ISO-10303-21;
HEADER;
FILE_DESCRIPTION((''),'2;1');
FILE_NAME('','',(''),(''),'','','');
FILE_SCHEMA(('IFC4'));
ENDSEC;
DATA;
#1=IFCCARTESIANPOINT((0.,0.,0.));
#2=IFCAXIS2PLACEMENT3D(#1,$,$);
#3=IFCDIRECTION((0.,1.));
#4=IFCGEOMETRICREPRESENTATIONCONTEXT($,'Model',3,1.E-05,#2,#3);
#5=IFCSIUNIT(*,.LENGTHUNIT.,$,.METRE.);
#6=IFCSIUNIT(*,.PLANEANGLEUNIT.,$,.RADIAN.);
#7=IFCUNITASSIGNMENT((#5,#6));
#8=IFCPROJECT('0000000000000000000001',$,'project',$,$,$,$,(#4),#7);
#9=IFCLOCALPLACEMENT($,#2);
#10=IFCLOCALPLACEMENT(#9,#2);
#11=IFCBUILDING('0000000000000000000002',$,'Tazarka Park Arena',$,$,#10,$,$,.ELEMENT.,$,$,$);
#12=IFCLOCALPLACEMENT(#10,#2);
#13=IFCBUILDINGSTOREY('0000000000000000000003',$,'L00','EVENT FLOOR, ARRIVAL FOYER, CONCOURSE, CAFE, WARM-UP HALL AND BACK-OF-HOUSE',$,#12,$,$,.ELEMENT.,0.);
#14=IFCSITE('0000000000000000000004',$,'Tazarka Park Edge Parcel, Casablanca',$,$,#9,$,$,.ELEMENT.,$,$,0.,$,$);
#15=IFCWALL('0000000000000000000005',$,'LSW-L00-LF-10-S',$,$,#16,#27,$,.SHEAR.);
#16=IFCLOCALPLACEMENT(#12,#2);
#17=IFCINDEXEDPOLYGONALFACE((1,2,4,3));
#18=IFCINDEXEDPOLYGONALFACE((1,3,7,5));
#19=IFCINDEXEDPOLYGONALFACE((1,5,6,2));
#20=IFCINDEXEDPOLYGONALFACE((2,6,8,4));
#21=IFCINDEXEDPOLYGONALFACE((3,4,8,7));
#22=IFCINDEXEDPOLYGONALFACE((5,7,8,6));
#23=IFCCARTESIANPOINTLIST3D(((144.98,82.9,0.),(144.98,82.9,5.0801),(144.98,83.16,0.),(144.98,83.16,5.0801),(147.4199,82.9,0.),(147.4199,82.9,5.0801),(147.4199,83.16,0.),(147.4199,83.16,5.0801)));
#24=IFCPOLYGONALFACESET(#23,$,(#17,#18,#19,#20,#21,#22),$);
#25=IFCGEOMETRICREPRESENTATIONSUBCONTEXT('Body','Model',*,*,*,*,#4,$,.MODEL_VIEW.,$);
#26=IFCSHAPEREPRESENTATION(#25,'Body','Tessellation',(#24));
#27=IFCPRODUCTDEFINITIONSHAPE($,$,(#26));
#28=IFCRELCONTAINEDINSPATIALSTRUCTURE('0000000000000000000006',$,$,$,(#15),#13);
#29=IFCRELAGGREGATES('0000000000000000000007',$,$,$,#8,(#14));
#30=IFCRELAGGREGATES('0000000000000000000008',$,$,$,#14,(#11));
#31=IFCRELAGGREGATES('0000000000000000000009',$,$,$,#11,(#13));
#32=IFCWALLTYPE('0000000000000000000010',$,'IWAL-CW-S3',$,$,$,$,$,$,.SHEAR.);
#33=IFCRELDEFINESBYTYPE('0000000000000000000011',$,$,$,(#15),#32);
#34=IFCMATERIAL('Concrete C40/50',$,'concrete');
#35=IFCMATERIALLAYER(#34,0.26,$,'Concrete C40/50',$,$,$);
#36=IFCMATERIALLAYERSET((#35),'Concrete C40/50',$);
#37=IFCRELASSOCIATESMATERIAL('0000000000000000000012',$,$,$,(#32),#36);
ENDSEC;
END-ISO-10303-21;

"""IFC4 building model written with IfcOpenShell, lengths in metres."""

from ifc_helpers import new_model, si_unit, direction, frame, frame_2d, origin, place, context, subcontext, project, spatial, rectangle, extrude, material, layer, layer_set, type_object, element, save


model = new_model("IFC4")

# Units and contexts
model_context = context("Model", 3, precision=1e-05, world=origin(), true_north=direction((0.0, 1.0)))
body_context = subcontext(model_context, "Body", "Model", "MODEL_VIEW")
ifc_project = project(units=[si_unit("LENGTHUNIT", "METRE"), si_unit("PLANEANGLEUNIT", "RADIAN")], contexts=[model_context])

# Site, building, storey
site_placement = place(None, origin())
site = spatial("IfcSite", under=ifc_project, at=site_placement, Name="Tazarka Park Edge Parcel, Casablanca", CompositionType="ELEMENT", RefElevation=0.0)
building_placement = place(site_placement, origin())
building = spatial("IfcBuilding", under=site, at=building_placement, Name="Tazarka Park Arena", CompositionType="ELEMENT")
storey_placement = place(building_placement, origin())
storey = spatial("IfcBuildingStorey", under=building, at=storey_placement, Name="L00", Description="EVENT FLOOR, ARRIVAL FOYER, CONCOURSE, CAFE, WARM-UP HALL AND BACK-OF-HOUSE", CompositionType="ELEMENT", Elevation=0.0)

# Wall
ifc_material_1 = material(Name="Concrete C40/50", Category="concrete")
ifc_layer_1 = layer(ifc_material_1, 0.26, Name="Concrete C40/50")
ifc_layer_set_1 = layer_set([ifc_layer_1], Name="Concrete C40/50")
wall_type = type_object("IfcWallType", Name="IWAL-CW-S3", PredefinedType="SHEAR", material=ifc_layer_set_1)
for number, where, z_axis, x_axis, name in (
    (1, (147.4199, 83.03, 0.0), (0.0, 0.0, 1.0), (-1.0, 0.0, 0.0), "LSW-L00-LF-10-S"),
):
    element("IfcWall", number, at=place(storey_placement, frame(where, z_axis=z_axis, x_axis=x_axis)), inside=storey, type_object=wall_type, Name=name, PredefinedType="SHEAR", context=body_context, shape_type="SweptSolid", body=[
        extrude(rectangle(XDim=2.4399, YDim=0.26, at=frame_2d((1.22, 0.0))), origin(), (0.0, 0.0, 1.0), 5.0801),
    ])

save(model, "model.ifc")
